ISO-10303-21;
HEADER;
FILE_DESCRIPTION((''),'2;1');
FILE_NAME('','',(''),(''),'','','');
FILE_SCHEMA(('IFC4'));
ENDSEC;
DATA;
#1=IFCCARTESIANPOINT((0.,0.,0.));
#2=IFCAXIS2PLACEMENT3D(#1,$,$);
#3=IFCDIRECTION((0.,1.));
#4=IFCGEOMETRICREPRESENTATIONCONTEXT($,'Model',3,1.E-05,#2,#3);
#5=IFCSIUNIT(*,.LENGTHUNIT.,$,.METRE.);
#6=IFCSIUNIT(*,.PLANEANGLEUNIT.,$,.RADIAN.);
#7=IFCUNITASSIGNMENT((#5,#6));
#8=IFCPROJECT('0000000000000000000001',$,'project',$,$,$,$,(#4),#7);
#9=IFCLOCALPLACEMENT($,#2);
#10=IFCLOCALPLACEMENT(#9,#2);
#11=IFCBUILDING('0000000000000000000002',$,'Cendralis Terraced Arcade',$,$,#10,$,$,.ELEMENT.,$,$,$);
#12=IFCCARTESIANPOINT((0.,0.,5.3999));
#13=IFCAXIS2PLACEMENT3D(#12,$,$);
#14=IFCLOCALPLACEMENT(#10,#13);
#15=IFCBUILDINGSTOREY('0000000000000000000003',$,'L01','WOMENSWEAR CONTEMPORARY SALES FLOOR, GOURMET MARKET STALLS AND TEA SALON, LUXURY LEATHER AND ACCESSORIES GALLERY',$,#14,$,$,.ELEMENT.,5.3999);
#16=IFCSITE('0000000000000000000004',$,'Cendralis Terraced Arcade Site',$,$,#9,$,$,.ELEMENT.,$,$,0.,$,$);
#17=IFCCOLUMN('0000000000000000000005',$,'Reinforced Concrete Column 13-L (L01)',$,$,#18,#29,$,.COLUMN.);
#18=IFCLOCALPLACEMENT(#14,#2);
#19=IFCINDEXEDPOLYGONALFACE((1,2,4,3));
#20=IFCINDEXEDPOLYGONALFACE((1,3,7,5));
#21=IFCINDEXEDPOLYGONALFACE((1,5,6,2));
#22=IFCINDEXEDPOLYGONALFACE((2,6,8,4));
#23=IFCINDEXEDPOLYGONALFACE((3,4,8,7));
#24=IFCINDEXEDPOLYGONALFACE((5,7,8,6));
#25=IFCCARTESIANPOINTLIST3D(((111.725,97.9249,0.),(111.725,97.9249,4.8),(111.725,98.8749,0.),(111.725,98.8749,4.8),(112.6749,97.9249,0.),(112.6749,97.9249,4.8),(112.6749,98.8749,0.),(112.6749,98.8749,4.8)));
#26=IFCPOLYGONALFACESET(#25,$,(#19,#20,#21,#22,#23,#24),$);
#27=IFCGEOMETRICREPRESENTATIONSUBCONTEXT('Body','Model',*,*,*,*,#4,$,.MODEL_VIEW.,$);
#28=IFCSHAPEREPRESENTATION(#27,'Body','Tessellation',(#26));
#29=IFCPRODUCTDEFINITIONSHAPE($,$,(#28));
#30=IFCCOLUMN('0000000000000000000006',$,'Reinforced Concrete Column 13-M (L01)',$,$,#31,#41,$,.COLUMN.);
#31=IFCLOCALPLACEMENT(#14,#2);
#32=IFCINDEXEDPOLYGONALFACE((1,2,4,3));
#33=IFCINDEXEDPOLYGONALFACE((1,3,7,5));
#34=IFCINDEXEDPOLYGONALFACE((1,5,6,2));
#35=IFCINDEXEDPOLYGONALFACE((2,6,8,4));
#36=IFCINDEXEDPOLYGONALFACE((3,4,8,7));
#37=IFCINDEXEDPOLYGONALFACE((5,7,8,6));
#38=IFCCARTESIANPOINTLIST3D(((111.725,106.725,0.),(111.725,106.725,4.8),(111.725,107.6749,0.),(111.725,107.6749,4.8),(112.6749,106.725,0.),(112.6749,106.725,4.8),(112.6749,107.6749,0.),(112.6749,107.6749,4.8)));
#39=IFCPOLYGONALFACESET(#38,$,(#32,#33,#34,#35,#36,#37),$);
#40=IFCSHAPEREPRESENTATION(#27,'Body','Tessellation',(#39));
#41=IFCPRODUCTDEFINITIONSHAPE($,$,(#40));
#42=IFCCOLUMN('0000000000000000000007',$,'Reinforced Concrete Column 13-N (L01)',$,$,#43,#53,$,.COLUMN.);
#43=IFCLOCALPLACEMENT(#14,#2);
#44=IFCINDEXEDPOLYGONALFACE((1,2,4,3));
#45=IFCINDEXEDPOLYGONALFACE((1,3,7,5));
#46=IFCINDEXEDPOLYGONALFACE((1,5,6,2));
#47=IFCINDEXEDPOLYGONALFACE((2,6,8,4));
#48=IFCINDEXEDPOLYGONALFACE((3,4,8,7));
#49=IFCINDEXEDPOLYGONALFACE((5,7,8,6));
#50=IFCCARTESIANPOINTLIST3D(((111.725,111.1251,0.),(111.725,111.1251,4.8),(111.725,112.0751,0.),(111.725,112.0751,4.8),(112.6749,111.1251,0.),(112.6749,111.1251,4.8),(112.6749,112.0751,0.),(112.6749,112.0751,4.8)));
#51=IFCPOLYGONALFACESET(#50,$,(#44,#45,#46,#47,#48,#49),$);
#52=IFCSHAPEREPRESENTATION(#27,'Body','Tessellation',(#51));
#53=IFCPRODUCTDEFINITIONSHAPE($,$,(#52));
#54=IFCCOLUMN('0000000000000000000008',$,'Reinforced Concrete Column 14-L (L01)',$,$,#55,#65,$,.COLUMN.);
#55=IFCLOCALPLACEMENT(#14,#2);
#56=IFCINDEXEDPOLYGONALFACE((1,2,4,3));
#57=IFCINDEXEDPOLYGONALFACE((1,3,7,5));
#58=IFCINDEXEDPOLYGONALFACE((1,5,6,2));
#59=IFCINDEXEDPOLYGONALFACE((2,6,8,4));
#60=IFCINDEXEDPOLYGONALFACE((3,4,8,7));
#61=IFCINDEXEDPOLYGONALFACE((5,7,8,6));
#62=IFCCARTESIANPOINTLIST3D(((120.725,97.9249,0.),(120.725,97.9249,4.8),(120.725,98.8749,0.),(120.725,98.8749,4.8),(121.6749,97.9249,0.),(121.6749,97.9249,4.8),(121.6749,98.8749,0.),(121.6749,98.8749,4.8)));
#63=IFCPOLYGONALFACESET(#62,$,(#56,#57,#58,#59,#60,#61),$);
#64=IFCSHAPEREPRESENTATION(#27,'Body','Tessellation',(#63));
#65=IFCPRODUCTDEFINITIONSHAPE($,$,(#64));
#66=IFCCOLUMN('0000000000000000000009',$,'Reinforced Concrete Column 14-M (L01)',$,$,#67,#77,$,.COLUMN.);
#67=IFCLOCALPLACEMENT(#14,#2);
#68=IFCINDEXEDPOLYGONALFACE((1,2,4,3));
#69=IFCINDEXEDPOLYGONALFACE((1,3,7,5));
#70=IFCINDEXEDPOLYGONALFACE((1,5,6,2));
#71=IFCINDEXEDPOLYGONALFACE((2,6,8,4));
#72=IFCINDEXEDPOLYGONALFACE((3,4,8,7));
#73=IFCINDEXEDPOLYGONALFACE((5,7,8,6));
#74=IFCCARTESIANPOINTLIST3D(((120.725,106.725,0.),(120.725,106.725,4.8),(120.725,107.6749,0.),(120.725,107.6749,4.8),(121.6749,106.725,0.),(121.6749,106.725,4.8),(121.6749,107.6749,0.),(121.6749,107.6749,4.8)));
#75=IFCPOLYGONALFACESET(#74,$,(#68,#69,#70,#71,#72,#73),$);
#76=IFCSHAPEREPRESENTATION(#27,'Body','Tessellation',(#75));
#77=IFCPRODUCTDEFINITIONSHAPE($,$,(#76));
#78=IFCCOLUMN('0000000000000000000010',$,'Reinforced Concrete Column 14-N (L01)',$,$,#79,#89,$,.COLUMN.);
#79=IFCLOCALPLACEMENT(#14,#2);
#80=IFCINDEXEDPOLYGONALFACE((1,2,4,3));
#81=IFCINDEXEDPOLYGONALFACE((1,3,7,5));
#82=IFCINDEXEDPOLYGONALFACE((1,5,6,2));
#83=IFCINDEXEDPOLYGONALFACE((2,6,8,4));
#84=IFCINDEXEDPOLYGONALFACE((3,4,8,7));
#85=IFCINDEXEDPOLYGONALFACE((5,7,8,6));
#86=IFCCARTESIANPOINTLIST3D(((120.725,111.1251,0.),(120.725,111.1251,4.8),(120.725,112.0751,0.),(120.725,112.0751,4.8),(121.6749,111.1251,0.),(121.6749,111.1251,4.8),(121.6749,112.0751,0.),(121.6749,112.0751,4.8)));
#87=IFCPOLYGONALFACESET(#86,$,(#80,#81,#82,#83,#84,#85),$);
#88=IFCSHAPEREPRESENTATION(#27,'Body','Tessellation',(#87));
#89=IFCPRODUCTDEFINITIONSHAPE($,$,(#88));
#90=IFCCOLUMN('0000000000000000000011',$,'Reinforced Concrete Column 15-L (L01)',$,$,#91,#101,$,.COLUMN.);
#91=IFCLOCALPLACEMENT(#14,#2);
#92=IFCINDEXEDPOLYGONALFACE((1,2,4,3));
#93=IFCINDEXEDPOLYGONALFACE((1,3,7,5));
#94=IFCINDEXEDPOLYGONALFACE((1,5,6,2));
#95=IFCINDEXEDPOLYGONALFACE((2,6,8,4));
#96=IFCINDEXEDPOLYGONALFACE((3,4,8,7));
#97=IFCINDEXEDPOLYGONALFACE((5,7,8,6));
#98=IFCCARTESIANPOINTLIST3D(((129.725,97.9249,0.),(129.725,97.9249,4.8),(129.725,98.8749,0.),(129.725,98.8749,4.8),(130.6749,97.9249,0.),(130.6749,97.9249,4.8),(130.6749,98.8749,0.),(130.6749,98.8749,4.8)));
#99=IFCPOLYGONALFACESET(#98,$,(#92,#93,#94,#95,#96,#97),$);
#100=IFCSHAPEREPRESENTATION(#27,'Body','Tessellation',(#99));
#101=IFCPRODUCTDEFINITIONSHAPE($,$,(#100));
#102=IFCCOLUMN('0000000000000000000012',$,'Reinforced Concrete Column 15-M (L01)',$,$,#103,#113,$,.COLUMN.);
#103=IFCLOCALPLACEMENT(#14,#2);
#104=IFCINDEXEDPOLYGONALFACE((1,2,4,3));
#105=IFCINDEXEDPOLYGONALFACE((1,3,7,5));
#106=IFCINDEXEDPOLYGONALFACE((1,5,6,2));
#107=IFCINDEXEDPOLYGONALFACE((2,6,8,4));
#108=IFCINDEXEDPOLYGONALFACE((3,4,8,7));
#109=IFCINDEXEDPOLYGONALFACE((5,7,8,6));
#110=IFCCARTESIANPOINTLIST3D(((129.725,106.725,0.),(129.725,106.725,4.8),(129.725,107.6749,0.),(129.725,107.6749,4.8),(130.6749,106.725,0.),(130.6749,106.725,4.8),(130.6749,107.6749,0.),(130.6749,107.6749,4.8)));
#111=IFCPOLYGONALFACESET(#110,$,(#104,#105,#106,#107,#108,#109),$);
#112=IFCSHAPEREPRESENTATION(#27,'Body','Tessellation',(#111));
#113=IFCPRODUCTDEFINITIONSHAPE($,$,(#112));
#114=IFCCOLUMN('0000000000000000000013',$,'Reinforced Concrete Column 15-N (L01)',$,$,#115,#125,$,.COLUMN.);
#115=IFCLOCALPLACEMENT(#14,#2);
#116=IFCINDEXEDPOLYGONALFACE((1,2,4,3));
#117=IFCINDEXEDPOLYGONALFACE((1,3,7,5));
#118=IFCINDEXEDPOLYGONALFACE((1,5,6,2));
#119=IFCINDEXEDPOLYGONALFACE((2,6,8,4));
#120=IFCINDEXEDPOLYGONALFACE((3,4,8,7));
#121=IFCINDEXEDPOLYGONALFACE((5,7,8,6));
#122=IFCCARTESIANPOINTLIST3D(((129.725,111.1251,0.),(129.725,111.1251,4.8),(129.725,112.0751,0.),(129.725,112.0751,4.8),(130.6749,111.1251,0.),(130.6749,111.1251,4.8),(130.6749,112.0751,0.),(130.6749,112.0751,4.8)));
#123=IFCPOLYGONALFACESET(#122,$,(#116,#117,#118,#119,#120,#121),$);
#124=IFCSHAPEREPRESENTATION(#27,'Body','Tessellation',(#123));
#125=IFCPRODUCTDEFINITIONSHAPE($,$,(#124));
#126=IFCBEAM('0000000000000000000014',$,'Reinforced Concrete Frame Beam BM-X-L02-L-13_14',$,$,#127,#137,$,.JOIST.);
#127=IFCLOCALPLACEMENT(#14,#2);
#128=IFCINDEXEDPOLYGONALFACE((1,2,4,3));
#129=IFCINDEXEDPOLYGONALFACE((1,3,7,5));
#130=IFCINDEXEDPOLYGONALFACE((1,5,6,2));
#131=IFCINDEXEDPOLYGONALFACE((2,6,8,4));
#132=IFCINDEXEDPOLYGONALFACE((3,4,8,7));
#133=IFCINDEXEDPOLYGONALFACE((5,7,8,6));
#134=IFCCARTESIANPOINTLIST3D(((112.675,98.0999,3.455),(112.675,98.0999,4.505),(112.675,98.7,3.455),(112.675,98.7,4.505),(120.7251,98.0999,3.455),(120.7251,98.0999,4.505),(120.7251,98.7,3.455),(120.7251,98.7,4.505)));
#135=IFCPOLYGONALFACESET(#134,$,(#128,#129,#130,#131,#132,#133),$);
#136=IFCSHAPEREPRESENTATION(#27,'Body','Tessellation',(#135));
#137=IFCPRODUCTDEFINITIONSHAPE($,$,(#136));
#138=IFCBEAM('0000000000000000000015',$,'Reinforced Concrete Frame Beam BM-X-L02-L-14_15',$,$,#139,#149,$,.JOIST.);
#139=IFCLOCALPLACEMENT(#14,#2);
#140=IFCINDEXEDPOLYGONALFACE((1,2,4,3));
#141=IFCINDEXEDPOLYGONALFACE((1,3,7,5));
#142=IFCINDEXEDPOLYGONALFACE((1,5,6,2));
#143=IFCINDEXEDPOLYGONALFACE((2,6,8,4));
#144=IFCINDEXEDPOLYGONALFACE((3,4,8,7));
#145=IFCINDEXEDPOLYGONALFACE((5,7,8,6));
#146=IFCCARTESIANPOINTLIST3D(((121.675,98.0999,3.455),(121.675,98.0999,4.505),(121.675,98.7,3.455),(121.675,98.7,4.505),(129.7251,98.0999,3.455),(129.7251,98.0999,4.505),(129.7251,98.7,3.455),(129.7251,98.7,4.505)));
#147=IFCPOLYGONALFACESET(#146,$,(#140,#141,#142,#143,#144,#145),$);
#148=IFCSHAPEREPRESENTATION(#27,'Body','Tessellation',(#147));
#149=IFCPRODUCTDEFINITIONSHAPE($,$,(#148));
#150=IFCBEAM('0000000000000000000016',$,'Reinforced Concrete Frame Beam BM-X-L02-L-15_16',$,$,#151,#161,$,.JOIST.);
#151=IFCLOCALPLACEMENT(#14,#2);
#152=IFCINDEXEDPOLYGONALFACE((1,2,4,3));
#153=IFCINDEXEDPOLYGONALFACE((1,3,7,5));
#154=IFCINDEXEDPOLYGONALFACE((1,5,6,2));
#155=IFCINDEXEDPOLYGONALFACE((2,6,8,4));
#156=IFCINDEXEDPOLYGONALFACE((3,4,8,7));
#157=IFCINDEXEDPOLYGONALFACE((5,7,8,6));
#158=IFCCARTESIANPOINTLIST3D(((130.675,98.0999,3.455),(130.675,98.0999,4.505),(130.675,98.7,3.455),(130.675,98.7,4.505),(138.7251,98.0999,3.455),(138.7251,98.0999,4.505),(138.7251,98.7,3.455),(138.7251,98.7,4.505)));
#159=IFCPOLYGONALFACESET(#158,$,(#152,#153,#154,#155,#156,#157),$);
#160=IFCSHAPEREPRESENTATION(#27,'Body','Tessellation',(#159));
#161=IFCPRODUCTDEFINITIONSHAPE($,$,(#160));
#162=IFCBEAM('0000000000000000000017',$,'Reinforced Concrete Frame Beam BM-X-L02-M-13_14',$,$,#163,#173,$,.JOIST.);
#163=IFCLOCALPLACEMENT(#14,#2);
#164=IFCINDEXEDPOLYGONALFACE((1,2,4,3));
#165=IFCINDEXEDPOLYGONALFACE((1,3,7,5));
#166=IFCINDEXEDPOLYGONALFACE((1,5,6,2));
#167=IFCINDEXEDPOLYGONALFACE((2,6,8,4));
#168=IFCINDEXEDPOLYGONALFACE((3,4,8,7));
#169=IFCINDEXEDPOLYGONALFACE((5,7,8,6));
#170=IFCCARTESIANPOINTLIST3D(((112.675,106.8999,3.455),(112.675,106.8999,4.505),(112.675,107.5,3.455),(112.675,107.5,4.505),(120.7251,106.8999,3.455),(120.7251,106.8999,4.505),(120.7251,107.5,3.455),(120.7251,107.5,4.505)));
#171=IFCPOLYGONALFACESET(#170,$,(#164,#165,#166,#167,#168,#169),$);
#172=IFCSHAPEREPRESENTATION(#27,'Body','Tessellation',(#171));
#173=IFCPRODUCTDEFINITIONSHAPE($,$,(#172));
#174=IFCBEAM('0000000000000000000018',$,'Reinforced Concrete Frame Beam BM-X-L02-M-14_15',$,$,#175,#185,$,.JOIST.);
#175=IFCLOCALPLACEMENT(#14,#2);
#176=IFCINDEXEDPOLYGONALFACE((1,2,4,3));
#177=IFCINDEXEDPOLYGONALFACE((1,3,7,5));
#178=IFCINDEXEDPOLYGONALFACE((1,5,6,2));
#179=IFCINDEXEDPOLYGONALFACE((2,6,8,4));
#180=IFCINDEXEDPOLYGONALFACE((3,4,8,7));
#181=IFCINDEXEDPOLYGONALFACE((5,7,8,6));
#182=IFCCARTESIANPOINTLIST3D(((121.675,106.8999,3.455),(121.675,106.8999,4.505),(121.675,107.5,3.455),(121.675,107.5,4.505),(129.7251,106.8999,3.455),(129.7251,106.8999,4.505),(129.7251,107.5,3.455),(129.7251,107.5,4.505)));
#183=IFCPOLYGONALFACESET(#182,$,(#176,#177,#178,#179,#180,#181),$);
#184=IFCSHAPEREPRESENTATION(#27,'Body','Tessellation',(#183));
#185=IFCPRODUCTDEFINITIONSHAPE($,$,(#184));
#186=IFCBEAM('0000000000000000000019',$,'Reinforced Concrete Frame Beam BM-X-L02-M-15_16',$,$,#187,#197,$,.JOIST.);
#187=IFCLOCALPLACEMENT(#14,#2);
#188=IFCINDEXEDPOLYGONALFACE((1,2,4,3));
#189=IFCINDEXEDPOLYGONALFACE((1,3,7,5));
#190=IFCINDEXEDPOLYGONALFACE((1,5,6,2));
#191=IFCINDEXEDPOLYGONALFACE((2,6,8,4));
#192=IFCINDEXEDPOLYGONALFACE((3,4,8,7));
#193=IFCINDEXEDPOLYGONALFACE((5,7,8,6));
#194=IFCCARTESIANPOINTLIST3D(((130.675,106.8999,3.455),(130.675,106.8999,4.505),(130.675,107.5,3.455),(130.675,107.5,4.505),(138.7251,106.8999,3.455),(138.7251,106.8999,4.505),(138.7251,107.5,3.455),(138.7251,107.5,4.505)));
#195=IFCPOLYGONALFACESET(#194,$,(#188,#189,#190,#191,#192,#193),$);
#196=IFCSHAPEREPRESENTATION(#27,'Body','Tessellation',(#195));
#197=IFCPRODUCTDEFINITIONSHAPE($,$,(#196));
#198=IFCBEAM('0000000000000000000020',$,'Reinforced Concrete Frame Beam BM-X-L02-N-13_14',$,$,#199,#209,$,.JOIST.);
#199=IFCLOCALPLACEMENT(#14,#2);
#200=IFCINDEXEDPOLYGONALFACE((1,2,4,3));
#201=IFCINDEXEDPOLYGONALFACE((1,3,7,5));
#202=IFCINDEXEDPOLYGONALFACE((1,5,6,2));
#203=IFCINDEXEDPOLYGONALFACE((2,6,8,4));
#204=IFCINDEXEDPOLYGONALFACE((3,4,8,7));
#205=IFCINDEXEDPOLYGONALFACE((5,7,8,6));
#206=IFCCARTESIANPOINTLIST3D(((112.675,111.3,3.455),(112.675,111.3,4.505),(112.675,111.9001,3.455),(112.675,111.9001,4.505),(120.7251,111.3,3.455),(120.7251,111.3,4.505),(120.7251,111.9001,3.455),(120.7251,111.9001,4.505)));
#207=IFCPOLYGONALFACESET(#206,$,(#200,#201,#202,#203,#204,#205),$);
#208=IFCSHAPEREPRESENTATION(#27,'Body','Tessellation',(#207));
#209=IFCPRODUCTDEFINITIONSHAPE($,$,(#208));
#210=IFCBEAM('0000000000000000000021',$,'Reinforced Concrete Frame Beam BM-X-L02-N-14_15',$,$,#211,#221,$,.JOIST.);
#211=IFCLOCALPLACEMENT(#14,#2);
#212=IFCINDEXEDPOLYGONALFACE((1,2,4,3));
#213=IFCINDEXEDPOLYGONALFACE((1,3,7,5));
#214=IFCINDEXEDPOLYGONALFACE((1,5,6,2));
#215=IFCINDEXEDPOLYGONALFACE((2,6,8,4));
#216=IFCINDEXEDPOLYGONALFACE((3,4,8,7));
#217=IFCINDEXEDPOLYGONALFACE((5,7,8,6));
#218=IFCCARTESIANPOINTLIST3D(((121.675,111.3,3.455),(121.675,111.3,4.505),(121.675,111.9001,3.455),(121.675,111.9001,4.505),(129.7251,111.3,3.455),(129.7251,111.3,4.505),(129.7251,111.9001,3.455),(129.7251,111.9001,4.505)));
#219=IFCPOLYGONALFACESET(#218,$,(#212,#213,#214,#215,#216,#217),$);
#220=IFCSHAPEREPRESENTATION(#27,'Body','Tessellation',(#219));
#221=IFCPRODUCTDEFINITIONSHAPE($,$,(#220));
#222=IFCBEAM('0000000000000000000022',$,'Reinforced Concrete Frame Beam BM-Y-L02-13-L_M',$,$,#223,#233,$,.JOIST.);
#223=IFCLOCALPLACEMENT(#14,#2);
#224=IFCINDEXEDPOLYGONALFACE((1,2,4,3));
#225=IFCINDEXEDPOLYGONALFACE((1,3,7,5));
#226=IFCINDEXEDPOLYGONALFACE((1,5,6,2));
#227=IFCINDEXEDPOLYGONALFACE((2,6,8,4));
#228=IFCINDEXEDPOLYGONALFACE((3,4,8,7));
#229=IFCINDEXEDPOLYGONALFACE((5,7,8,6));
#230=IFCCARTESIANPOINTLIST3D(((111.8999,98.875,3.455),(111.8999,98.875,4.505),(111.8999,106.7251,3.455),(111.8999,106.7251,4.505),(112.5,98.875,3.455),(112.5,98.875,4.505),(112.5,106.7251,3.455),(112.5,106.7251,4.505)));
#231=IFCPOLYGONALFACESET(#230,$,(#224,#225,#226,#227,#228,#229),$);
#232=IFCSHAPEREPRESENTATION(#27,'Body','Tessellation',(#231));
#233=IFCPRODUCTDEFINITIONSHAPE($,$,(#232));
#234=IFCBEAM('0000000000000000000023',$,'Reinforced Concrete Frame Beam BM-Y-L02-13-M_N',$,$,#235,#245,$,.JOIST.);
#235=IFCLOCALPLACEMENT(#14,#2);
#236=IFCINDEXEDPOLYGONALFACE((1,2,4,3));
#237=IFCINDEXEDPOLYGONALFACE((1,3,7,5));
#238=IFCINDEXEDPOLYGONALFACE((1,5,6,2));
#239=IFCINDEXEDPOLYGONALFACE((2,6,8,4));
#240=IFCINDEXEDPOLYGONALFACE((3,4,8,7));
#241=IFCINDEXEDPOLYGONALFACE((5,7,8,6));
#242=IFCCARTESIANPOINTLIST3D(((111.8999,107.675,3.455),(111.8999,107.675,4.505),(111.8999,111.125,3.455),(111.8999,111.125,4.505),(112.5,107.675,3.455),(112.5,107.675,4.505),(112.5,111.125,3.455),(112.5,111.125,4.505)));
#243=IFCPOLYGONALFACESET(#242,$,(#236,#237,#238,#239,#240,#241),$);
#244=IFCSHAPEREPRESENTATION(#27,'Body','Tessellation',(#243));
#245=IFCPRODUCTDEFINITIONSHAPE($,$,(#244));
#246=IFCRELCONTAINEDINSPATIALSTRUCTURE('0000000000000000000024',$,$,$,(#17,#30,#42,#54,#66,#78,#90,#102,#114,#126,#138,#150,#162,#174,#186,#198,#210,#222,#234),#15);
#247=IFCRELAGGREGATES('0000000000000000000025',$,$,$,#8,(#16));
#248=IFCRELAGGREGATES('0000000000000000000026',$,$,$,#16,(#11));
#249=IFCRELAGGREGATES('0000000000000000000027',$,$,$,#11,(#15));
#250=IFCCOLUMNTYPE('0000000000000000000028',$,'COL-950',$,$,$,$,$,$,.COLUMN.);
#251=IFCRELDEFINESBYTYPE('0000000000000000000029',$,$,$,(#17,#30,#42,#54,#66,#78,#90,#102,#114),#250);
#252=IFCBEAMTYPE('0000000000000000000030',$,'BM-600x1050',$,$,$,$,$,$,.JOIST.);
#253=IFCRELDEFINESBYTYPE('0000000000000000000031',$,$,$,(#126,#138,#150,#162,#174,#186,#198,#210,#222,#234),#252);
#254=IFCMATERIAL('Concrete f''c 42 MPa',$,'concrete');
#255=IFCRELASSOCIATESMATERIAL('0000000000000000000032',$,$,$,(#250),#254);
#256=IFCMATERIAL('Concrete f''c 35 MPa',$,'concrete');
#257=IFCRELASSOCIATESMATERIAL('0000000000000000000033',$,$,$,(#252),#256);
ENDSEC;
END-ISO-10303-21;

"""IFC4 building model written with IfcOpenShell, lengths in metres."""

from ifc_helpers import new_model, si_unit, direction, frame, origin, origin_2d, place, context, subcontext, project, spatial, rectangle, extrude, material, material_profile, profile_set, type_object, element, save


model = new_model("IFC4")

# Units and contexts
model_context = context("Model", 3, precision=1e-05, world=origin(), true_north=direction((0.0, 1.0)))
body_context = subcontext(model_context, "Body", "Model", "MODEL_VIEW")
ifc_project = project(units=[si_unit("LENGTHUNIT", "METRE"), si_unit("PLANEANGLEUNIT", "RADIAN")], contexts=[model_context])

# Site, building, storey
site_placement = place(None, origin())
site = spatial("IfcSite", under=ifc_project, at=site_placement, Name="Cendralis Terraced Arcade Site", CompositionType="ELEMENT", RefElevation=0.0)
building_placement = place(site_placement, origin())
building = spatial("IfcBuilding", under=site, at=building_placement, Name="Cendralis Terraced Arcade", CompositionType="ELEMENT")
storey_placement = place(building_placement, frame((0.0, 0.0, 5.3999)))
storey = spatial("IfcBuildingStorey", under=building, at=storey_placement, Name="L01", Description="WOMENSWEAR CONTEMPORARY SALES FLOOR, GOURMET MARKET STALLS AND TEA SALON, LUXURY LEATHER AND ACCESSORIES GALLERY", CompositionType="ELEMENT", Elevation=5.3999)

# Columns
ifc_material_1 = material(Name="Concrete f'c 42 MPa", Category="concrete")
ifc_material_profile_1 = material_profile(ifc_material_1, rectangle(XDim=0.95, YDim=0.95, at=origin_2d()), Name="RC-COL-950x950", Category="LoadBearing")
ifc_profile_set_1 = profile_set([ifc_material_profile_1], Name="Concrete f'c 42 MPa")
column_type = type_object("IfcColumnType", Name="COL-950", PredefinedType="COLUMN", material=ifc_profile_set_1)
for number, where, z_axis, x_axis, name in (
    (1, (112.2, 98.3999, 0.0), (0.0, 0.0, 1.0), (1.0, 0.0, 0.0), "Reinforced Concrete Column 13-L (L01)"),
    (2, (112.2, 107.2, 0.0), (0.0, 0.0, 1.0), (1.0, 0.0, 0.0), "Reinforced Concrete Column 13-M (L01)"),
    (3, (112.2, 111.6001, 0.0), (0.0, 0.0, 1.0), (1.0, 0.0, 0.0), "Reinforced Concrete Column 13-N (L01)"),
    (4, (121.2, 98.3999, 0.0), (0.0, 0.0, 1.0), (1.0, 0.0, 0.0), "Reinforced Concrete Column 14-L (L01)"),
    (5, (121.2, 107.2, 0.0), (0.0, 0.0, 1.0), (1.0, 0.0, 0.0), "Reinforced Concrete Column 14-M (L01)"),
    (6, (121.2, 111.6001, 0.0), (0.0, 0.0, 1.0), (1.0, 0.0, 0.0), "Reinforced Concrete Column 14-N (L01)"),
    (7, (130.2, 98.3999, 0.0), (0.0, 0.0, 1.0), (1.0, 0.0, 0.0), "Reinforced Concrete Column 15-L (L01)"),
    (8, (130.2, 107.2, 0.0), (0.0, 0.0, 1.0), (1.0, 0.0, 0.0), "Reinforced Concrete Column 15-M (L01)"),
    (9, (130.2, 111.6001, 0.0), (0.0, 0.0, 1.0), (1.0, 0.0, 0.0), "Reinforced Concrete Column 15-N (L01)"),
):
    element("IfcColumn", number, at=place(storey_placement, frame(where, z_axis=z_axis, x_axis=x_axis)), inside=storey, type_object=column_type, Name=name, PredefinedType="COLUMN", context=body_context, shape_type="SweptSolid", body=[
        extrude(rectangle(XDim=0.95, YDim=0.95, at=origin_2d()), origin(), (0.0, 0.0, 1.0), 4.8),
    ])

# Beams
ifc_material_2 = material(Name="Concrete f'c 35 MPa", Category="concrete")
ifc_material_profile_2 = material_profile(ifc_material_2, rectangle(XDim=0.6001, YDim=1.05, at=origin_2d()), Name="RC-BM-600x1050", Category="LoadBearing")
ifc_profile_set_2 = profile_set([ifc_material_profile_2], Name="Concrete f'c 35 MPa")
beam_type = type_object("IfcBeamType", Name="BM-600x1050", PredefinedType="JOIST", material=ifc_profile_set_2)
for number, where, z_axis, x_axis, name in (
    (10, (112.675, 98.3999, 3.98), (1.0, 0.0, 0.0), (0.0, 1.0, 0.0), "Reinforced Concrete Frame Beam BM-X-L02-L-13_14"),
    (11, (121.675, 98.3999, 3.98), (1.0, 0.0, 0.0), (0.0, 1.0, 0.0), "Reinforced Concrete Frame Beam BM-X-L02-L-14_15"),
    (12, (130.675, 98.3999, 3.98), (1.0, 0.0, 0.0), (0.0, 1.0, 0.0), "Reinforced Concrete Frame Beam BM-X-L02-L-15_16"),
    (13, (112.675, 107.2, 3.98), (1.0, 0.0, 0.0), (0.0, 1.0, 0.0), "Reinforced Concrete Frame Beam BM-X-L02-M-13_14"),
    (14, (121.675, 107.2, 3.98), (1.0, 0.0, 0.0), (0.0, 1.0, 0.0), "Reinforced Concrete Frame Beam BM-X-L02-M-14_15"),
    (15, (130.675, 107.2, 3.98), (1.0, 0.0, 0.0), (0.0, 1.0, 0.0), "Reinforced Concrete Frame Beam BM-X-L02-M-15_16"),
    (16, (112.675, 111.6001, 3.98), (1.0, 0.0, 0.0), (0.0, 1.0, 0.0), "Reinforced Concrete Frame Beam BM-X-L02-N-13_14"),
    (17, (121.675, 111.6001, 3.98), (1.0, 0.0, 0.0), (0.0, 1.0, 0.0), "Reinforced Concrete Frame Beam BM-X-L02-N-14_15"),
):
    element("IfcBeam", number, at=place(storey_placement, frame(where, z_axis=z_axis, x_axis=x_axis)), inside=storey, type_object=beam_type, Name=name, PredefinedType="JOIST", context=body_context, shape_type="SweptSolid", body=[
        extrude(rectangle(XDim=0.6001, YDim=1.05, at=origin_2d()), origin(), (0.0, 0.0, 1.0), 8.05),
    ])
beam_1_placement = place(storey_placement, frame((112.2, 98.875, 3.98), z_axis=(0.0, 1.0, 0.0), x_axis=(-1.0, 0.0, 0.0)))
element("IfcBeam", 18, at=beam_1_placement, inside=storey, type_object=beam_type, Name="Reinforced Concrete Frame Beam BM-Y-L02-13-L_M", PredefinedType="JOIST", context=body_context, shape_type="SweptSolid", body=[
    extrude(rectangle(XDim=0.6001, YDim=1.05, at=origin_2d()), origin(), (0.0, 0.0, 1.0), 7.8501),
])
beam_2_placement = place(storey_placement, frame((112.2, 107.675, 3.98), z_axis=(0.0, 1.0, 0.0), x_axis=(-1.0, 0.0, 0.0)))
element("IfcBeam", 19, at=beam_2_placement, inside=storey, type_object=beam_type, Name="Reinforced Concrete Frame Beam BM-Y-L02-13-M_N", PredefinedType="JOIST", context=body_context, shape_type="SweptSolid", body=[
    extrude(rectangle(XDim=0.6001, YDim=1.05, at=origin_2d()), origin(), (0.0, 0.0, 1.0), 3.45),
])

save(model, "model.ifc")
